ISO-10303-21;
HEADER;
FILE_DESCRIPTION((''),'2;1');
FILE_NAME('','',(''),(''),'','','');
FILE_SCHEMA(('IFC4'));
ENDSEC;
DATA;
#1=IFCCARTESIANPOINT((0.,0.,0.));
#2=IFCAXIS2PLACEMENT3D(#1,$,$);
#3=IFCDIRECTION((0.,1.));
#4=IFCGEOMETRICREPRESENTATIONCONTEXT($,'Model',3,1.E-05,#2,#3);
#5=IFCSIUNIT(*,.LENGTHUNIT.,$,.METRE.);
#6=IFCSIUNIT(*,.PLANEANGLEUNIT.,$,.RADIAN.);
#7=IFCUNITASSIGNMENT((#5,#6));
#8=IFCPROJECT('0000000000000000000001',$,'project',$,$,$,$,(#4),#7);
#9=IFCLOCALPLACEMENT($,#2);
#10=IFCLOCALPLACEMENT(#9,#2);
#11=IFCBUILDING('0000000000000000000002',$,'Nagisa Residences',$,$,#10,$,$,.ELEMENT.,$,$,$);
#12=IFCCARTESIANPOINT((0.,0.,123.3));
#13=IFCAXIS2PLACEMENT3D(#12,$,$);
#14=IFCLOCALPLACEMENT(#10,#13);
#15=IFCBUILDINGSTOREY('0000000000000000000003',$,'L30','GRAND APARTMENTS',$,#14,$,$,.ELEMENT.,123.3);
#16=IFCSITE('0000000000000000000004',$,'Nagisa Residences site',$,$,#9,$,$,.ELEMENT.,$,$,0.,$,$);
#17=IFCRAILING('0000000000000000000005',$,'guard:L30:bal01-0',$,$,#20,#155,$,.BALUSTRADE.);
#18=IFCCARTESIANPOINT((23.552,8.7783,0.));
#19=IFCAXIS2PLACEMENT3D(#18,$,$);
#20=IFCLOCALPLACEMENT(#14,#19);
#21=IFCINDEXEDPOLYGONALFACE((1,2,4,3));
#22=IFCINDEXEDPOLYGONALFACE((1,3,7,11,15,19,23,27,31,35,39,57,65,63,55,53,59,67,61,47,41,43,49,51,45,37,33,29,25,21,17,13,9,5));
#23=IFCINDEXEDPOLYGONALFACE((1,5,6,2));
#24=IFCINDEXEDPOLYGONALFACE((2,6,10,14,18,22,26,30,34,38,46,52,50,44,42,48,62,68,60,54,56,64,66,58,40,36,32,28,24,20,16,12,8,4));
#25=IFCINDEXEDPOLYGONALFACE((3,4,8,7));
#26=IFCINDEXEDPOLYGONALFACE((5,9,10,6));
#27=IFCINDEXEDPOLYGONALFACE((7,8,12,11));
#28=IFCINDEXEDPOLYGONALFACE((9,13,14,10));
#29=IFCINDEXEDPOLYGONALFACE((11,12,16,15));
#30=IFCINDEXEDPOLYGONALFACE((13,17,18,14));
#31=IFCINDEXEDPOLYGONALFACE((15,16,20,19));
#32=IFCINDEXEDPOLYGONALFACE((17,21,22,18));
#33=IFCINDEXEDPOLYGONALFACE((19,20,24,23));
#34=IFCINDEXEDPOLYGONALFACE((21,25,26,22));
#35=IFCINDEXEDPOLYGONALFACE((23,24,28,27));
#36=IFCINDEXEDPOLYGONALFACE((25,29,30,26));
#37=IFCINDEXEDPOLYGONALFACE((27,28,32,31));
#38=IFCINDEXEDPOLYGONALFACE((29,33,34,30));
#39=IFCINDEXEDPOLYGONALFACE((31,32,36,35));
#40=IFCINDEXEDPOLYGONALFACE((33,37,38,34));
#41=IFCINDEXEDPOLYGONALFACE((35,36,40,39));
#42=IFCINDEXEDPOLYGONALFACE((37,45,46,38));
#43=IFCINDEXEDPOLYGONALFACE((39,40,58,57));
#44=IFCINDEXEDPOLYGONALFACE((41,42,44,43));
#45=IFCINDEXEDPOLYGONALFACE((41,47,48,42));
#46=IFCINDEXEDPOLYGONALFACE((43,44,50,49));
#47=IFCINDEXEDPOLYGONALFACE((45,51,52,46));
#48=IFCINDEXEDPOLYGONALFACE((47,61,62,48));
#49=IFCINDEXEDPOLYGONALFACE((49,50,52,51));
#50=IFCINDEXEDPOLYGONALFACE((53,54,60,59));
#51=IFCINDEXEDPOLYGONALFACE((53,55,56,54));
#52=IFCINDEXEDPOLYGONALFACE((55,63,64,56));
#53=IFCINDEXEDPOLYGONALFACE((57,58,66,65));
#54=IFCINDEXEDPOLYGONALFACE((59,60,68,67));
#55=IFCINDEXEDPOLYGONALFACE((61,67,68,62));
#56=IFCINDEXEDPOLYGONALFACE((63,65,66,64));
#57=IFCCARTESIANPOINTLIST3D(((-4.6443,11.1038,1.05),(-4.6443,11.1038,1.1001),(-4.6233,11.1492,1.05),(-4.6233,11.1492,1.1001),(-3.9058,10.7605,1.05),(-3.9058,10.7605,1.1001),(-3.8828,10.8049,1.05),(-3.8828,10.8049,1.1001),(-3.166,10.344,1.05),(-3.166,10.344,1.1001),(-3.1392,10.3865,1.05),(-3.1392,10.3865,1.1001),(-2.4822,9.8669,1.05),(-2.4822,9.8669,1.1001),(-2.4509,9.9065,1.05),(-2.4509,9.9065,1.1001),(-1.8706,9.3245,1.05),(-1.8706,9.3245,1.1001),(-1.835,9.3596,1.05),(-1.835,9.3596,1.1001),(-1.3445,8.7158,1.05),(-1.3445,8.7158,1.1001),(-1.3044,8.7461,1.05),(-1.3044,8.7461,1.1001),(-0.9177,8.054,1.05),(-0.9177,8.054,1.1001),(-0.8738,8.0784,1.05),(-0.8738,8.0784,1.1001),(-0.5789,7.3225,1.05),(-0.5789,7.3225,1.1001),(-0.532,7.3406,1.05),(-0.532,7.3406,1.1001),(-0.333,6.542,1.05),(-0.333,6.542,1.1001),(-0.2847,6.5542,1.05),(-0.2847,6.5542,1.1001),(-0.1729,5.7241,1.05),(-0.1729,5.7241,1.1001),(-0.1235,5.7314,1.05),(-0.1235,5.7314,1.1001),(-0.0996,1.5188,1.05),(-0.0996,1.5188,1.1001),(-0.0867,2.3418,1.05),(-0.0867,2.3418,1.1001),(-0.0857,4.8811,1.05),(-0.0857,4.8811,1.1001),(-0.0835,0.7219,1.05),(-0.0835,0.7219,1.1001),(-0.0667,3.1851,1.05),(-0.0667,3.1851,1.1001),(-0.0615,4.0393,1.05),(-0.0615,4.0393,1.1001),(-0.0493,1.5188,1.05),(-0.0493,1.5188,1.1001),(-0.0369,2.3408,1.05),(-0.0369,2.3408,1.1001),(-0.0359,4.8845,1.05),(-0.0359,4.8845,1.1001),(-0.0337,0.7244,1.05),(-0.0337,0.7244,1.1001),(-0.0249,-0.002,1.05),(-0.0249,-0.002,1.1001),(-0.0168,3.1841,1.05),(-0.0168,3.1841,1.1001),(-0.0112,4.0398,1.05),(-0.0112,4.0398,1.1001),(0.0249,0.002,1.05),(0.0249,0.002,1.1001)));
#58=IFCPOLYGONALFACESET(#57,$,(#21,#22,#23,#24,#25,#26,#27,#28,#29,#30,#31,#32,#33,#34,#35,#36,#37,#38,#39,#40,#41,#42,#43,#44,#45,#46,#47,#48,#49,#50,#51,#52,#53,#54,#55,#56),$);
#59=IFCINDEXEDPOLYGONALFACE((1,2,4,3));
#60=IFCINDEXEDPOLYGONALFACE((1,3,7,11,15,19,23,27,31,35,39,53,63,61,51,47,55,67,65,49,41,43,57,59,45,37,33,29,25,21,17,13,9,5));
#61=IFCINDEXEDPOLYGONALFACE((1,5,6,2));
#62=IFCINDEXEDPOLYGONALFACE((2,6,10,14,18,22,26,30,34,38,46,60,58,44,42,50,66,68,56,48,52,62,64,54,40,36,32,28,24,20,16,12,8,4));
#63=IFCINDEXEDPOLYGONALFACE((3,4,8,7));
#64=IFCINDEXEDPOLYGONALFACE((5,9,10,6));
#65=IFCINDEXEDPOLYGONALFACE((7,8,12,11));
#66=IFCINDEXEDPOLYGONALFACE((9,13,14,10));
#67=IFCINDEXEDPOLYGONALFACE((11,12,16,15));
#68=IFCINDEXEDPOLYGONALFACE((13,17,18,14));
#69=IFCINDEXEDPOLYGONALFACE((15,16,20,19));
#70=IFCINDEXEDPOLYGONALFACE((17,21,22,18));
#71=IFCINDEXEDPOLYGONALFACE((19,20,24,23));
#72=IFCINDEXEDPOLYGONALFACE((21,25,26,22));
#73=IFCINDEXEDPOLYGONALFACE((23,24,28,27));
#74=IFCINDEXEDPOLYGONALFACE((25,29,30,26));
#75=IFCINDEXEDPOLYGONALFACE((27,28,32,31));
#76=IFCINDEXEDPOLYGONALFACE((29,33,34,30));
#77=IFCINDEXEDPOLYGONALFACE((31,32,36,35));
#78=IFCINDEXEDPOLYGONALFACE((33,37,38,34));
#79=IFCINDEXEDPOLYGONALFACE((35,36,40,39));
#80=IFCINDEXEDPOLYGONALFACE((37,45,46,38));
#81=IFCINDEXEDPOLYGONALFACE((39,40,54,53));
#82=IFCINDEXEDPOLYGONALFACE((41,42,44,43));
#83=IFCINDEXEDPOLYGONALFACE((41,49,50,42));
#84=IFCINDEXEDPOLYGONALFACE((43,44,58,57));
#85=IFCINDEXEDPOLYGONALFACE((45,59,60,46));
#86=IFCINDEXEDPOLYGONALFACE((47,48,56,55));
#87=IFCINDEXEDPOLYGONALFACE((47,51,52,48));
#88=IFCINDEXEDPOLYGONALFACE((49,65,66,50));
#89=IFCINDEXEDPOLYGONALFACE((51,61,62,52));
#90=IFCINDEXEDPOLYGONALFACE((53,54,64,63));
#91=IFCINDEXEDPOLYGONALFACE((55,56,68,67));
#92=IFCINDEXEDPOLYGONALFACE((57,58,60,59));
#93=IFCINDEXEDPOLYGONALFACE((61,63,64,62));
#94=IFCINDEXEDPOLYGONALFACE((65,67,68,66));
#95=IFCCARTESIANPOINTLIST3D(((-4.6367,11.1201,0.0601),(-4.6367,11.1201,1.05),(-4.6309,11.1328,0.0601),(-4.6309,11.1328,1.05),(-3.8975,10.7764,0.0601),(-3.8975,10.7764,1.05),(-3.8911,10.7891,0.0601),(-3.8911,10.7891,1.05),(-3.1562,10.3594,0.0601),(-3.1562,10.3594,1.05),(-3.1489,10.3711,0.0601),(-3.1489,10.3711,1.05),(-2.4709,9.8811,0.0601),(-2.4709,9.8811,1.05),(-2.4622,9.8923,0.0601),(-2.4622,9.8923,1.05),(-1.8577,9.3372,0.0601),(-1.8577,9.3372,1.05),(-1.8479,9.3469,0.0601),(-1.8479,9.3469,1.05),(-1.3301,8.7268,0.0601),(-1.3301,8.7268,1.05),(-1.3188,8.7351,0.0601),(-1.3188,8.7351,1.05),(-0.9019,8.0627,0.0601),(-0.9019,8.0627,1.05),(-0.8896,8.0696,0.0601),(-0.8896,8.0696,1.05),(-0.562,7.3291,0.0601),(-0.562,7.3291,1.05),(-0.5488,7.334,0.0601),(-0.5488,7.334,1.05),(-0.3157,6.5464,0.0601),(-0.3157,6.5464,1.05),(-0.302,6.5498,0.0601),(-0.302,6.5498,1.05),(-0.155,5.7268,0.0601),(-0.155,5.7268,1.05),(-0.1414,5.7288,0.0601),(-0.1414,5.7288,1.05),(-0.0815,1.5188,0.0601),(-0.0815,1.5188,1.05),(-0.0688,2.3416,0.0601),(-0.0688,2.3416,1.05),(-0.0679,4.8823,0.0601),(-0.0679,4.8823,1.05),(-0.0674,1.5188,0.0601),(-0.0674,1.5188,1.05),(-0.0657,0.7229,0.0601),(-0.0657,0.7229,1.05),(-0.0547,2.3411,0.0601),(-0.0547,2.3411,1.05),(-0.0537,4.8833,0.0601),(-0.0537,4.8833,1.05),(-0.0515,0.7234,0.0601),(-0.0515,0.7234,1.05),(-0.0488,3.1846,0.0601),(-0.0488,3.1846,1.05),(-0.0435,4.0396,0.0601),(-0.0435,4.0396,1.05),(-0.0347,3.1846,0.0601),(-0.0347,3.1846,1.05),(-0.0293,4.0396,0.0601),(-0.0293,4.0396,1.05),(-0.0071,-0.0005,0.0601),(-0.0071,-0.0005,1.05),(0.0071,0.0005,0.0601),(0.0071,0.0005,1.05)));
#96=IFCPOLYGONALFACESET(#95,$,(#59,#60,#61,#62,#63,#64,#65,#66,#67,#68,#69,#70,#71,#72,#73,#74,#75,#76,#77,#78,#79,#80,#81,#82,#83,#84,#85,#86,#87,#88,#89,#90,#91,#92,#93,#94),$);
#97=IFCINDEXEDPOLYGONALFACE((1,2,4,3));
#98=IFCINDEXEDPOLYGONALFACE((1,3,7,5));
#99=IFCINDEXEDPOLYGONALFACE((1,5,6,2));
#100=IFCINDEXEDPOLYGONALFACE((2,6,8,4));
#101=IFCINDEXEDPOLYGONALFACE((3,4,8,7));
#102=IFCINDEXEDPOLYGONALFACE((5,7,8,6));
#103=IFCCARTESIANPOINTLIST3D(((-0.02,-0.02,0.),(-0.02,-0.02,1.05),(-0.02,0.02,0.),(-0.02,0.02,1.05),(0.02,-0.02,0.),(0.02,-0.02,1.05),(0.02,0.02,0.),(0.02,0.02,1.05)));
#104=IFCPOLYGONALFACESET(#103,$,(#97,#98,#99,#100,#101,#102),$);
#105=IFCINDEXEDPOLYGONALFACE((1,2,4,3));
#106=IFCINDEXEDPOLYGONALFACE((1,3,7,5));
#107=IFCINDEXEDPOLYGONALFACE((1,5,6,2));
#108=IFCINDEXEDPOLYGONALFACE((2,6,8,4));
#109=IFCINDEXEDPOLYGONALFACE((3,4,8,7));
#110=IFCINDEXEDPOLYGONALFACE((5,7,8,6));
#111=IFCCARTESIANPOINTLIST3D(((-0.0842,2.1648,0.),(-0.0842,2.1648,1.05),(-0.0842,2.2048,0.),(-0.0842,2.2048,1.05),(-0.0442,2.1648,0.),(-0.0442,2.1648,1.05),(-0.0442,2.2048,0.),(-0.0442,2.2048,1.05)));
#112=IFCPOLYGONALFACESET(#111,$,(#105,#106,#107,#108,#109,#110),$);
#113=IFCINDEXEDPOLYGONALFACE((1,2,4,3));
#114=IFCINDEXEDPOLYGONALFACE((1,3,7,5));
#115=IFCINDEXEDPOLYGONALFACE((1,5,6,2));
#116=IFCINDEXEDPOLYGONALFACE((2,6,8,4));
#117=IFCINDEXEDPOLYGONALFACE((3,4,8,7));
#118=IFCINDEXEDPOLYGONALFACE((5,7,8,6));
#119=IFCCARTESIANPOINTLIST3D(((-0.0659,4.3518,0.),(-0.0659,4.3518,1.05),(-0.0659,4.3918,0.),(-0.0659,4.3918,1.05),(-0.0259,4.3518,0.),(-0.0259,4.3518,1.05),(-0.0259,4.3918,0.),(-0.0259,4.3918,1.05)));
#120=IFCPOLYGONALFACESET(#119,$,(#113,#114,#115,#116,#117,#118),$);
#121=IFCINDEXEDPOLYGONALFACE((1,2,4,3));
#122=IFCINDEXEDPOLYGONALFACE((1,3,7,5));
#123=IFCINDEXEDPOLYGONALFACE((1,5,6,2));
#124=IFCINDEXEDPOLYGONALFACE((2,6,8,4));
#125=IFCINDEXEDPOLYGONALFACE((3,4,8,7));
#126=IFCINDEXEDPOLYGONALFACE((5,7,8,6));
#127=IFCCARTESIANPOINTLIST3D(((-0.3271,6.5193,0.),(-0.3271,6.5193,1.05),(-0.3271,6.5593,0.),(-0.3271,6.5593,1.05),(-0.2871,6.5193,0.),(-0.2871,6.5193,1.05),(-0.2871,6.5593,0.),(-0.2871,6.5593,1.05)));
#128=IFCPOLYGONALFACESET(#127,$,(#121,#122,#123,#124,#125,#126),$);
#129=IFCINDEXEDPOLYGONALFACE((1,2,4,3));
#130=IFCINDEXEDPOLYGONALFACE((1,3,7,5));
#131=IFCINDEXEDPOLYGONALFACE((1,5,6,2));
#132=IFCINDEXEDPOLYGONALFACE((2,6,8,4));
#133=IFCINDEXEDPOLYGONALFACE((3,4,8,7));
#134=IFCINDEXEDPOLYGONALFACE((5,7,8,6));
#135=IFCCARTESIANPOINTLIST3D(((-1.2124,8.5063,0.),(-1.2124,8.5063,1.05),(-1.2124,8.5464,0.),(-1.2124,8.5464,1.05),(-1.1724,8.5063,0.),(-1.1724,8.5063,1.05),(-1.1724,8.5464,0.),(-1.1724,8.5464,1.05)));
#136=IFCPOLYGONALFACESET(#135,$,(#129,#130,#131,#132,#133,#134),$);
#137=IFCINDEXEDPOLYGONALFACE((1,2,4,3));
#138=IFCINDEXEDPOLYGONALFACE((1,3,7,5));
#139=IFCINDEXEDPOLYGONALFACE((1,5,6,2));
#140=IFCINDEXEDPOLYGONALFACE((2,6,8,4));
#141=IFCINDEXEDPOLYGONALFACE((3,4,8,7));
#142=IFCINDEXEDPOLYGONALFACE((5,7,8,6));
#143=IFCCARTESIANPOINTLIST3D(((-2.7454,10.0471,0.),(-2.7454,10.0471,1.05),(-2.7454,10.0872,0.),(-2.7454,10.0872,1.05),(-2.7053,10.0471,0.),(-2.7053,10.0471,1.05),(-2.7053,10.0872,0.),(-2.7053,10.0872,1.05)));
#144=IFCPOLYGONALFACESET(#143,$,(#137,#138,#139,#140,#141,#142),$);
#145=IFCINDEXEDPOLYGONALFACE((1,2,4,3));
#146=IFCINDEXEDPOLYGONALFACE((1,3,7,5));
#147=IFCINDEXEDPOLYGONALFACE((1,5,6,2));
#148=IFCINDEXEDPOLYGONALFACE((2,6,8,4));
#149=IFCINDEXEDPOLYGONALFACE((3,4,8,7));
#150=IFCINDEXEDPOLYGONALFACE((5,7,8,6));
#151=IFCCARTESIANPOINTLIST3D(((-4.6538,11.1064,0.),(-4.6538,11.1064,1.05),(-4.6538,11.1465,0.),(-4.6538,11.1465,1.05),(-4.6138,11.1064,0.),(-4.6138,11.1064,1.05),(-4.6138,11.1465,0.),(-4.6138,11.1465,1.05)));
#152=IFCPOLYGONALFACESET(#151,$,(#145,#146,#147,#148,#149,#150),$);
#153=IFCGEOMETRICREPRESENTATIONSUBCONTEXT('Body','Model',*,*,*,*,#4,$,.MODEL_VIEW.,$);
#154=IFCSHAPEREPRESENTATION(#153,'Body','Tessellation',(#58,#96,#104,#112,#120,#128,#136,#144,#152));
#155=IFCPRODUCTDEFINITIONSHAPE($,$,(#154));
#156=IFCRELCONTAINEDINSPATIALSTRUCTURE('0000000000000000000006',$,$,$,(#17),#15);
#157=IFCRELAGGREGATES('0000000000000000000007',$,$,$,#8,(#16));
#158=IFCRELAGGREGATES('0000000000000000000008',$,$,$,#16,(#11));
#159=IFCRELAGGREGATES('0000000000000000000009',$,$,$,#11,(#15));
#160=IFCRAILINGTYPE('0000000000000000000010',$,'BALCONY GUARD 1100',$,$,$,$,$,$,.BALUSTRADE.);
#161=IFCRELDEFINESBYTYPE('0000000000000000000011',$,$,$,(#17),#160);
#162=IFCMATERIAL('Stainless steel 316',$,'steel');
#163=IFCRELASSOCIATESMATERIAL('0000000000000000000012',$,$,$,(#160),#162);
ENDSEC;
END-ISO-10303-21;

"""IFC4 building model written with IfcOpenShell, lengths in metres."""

from ifc_helpers import new_model, si_unit, direction, frame, origin, origin_2d, place, context, subcontext, project, spatial, polyline, rectangle, outline, extrude, material, type_object, element, save


model = new_model("IFC4")

# Units and contexts
model_context = context("Model", 3, precision=1e-05, world=origin(), true_north=direction((0.0, 1.0)))
body_context = subcontext(model_context, "Body", "Model", "MODEL_VIEW")
ifc_project = project(units=[si_unit("LENGTHUNIT", "METRE"), si_unit("PLANEANGLEUNIT", "RADIAN")], contexts=[model_context])

# Site, building, storey
site_placement = place(None, origin())
site = spatial("IfcSite", under=ifc_project, at=site_placement, Name="Nagisa Residences site", CompositionType="ELEMENT", RefElevation=0.0)
building_placement = place(site_placement, origin())
building = spatial("IfcBuilding", under=site, at=building_placement, Name="Nagisa Residences", CompositionType="ELEMENT")
storey_placement = place(building_placement, frame((0.0, 0.0, 123.3)))
storey = spatial("IfcBuildingStorey", under=building, at=storey_placement, Name="L30", Description="GRAND APARTMENTS", CompositionType="ELEMENT", Elevation=123.3)

# Railing
ifc_material_1 = material(Name="Stainless steel 316", Category="steel")
railing_type = type_object("IfcRailingType", Name="BALCONY GUARD 1100", PredefinedType="BALUSTRADE", material=ifc_material_1)
railing_placement = place(storey_placement, frame((23.552, 8.7783, 0.0)))
element("IfcRailing", 1, at=railing_placement, inside=storey, type_object=railing_type, Name="guard:L30:bal01-0", PredefinedType="BALUSTRADE", context=body_context, shape_type="SweptSolid", body=[
    extrude(outline(polyline([(-0.0835, 0.7219), (-0.0249, -0.002), (0.0249, 0.002), (-0.0337, 0.7244), (-0.0493, 1.5188), (-0.0369, 2.3408), (-0.0168, 3.1841), (-0.0112, 4.0398), (-0.0359, 4.8845), (-0.1235, 5.7314), (-0.2847, 6.5542), (-0.532, 7.3406), (-0.8738, 8.0784), (-1.3044, 8.7461), (-1.835, 9.3596), (-2.4509, 9.9065), (-3.1392, 10.3865), (-3.8828, 10.8049), (-4.6233, 11.1492), (-4.6443, 11.1038), (-3.9058, 10.7605), (-3.166, 10.344), (-2.4822, 9.8669), (-1.8706, 9.3245), (-1.3445, 8.7158), (-0.9177, 8.054), (-0.5789, 7.3225), (-0.333, 6.542), (-0.1729, 5.7241), (-0.0857, 4.8811), (-0.0615, 4.0393), (-0.0667, 3.1851), (-0.0867, 2.3418), (-0.0996, 1.5188), (-0.0835, 0.7219)])), frame((0.0, 0.0, 1.05)), (0.0, 0.0, 1.0), 0.05),
    extrude(outline(polyline([(-0.0657, 0.7229), (-0.0071, -0.0005), (0.0071, 0.0005), (-0.0515, 0.7234), (-0.0674, 1.5188), (-0.0547, 2.3411), (-0.0347, 3.1846), (-0.0293, 4.0396), (-0.0537, 4.8833), (-0.1414, 5.7288), (-0.302, 6.5498), (-0.5488, 7.334), (-0.8896, 8.0696), (-1.3188, 8.7351), (-1.8479, 9.3469), (-2.4622, 9.8923), (-3.1489, 10.3711), (-3.8911, 10.7891), (-4.6309, 11.1328), (-4.6367, 11.1201), (-3.8975, 10.7764), (-3.1562, 10.3594), (-2.4709, 9.8811), (-1.8577, 9.3372), (-1.3301, 8.7268), (-0.9019, 8.0627), (-0.562, 7.3291), (-0.3157, 6.5464), (-0.155, 5.7268), (-0.0679, 4.8823), (-0.0435, 4.0396), (-0.0488, 3.1846), (-0.0688, 2.3416), (-0.0815, 1.5188), (-0.0657, 0.7229)])), frame((0.0, 0.0, 0.0601)), (0.0, 0.0, 1.0), 0.99),
    extrude(rectangle(XDim=0.04, YDim=0.04, at=origin_2d()), origin(), (0.0, 0.0, 1.0), 1.05),
    extrude(rectangle(XDim=0.04, YDim=0.04, at=origin_2d()), frame((-0.0642, 2.1848, 0.0)), (0.0, 0.0, 1.0), 1.05),
    extrude(rectangle(XDim=0.04, YDim=0.04, at=origin_2d()), frame((-0.0459, 4.3718, 0.0)), (0.0, 0.0, 1.0), 1.05),
    extrude(rectangle(XDim=0.04, YDim=0.04, at=origin_2d()), frame((-0.3071, 6.5393, 0.0)), (0.0, 0.0, 1.0), 1.05),
    extrude(rectangle(XDim=0.04, YDim=0.04, at=origin_2d()), frame((-1.1924, 8.5264, 0.0)), (0.0, 0.0, 1.0), 1.05),
    extrude(rectangle(XDim=0.04, YDim=0.04, at=origin_2d()), frame((-2.7253, 10.0671, 0.0)), (0.0, 0.0, 1.0), 1.05),
    extrude(rectangle(XDim=0.04, YDim=0.04, at=origin_2d()), frame((-4.6338, 11.1265, 0.0)), (0.0, 0.0, 1.0), 1.05),
])

save(model, "model.ifc")
